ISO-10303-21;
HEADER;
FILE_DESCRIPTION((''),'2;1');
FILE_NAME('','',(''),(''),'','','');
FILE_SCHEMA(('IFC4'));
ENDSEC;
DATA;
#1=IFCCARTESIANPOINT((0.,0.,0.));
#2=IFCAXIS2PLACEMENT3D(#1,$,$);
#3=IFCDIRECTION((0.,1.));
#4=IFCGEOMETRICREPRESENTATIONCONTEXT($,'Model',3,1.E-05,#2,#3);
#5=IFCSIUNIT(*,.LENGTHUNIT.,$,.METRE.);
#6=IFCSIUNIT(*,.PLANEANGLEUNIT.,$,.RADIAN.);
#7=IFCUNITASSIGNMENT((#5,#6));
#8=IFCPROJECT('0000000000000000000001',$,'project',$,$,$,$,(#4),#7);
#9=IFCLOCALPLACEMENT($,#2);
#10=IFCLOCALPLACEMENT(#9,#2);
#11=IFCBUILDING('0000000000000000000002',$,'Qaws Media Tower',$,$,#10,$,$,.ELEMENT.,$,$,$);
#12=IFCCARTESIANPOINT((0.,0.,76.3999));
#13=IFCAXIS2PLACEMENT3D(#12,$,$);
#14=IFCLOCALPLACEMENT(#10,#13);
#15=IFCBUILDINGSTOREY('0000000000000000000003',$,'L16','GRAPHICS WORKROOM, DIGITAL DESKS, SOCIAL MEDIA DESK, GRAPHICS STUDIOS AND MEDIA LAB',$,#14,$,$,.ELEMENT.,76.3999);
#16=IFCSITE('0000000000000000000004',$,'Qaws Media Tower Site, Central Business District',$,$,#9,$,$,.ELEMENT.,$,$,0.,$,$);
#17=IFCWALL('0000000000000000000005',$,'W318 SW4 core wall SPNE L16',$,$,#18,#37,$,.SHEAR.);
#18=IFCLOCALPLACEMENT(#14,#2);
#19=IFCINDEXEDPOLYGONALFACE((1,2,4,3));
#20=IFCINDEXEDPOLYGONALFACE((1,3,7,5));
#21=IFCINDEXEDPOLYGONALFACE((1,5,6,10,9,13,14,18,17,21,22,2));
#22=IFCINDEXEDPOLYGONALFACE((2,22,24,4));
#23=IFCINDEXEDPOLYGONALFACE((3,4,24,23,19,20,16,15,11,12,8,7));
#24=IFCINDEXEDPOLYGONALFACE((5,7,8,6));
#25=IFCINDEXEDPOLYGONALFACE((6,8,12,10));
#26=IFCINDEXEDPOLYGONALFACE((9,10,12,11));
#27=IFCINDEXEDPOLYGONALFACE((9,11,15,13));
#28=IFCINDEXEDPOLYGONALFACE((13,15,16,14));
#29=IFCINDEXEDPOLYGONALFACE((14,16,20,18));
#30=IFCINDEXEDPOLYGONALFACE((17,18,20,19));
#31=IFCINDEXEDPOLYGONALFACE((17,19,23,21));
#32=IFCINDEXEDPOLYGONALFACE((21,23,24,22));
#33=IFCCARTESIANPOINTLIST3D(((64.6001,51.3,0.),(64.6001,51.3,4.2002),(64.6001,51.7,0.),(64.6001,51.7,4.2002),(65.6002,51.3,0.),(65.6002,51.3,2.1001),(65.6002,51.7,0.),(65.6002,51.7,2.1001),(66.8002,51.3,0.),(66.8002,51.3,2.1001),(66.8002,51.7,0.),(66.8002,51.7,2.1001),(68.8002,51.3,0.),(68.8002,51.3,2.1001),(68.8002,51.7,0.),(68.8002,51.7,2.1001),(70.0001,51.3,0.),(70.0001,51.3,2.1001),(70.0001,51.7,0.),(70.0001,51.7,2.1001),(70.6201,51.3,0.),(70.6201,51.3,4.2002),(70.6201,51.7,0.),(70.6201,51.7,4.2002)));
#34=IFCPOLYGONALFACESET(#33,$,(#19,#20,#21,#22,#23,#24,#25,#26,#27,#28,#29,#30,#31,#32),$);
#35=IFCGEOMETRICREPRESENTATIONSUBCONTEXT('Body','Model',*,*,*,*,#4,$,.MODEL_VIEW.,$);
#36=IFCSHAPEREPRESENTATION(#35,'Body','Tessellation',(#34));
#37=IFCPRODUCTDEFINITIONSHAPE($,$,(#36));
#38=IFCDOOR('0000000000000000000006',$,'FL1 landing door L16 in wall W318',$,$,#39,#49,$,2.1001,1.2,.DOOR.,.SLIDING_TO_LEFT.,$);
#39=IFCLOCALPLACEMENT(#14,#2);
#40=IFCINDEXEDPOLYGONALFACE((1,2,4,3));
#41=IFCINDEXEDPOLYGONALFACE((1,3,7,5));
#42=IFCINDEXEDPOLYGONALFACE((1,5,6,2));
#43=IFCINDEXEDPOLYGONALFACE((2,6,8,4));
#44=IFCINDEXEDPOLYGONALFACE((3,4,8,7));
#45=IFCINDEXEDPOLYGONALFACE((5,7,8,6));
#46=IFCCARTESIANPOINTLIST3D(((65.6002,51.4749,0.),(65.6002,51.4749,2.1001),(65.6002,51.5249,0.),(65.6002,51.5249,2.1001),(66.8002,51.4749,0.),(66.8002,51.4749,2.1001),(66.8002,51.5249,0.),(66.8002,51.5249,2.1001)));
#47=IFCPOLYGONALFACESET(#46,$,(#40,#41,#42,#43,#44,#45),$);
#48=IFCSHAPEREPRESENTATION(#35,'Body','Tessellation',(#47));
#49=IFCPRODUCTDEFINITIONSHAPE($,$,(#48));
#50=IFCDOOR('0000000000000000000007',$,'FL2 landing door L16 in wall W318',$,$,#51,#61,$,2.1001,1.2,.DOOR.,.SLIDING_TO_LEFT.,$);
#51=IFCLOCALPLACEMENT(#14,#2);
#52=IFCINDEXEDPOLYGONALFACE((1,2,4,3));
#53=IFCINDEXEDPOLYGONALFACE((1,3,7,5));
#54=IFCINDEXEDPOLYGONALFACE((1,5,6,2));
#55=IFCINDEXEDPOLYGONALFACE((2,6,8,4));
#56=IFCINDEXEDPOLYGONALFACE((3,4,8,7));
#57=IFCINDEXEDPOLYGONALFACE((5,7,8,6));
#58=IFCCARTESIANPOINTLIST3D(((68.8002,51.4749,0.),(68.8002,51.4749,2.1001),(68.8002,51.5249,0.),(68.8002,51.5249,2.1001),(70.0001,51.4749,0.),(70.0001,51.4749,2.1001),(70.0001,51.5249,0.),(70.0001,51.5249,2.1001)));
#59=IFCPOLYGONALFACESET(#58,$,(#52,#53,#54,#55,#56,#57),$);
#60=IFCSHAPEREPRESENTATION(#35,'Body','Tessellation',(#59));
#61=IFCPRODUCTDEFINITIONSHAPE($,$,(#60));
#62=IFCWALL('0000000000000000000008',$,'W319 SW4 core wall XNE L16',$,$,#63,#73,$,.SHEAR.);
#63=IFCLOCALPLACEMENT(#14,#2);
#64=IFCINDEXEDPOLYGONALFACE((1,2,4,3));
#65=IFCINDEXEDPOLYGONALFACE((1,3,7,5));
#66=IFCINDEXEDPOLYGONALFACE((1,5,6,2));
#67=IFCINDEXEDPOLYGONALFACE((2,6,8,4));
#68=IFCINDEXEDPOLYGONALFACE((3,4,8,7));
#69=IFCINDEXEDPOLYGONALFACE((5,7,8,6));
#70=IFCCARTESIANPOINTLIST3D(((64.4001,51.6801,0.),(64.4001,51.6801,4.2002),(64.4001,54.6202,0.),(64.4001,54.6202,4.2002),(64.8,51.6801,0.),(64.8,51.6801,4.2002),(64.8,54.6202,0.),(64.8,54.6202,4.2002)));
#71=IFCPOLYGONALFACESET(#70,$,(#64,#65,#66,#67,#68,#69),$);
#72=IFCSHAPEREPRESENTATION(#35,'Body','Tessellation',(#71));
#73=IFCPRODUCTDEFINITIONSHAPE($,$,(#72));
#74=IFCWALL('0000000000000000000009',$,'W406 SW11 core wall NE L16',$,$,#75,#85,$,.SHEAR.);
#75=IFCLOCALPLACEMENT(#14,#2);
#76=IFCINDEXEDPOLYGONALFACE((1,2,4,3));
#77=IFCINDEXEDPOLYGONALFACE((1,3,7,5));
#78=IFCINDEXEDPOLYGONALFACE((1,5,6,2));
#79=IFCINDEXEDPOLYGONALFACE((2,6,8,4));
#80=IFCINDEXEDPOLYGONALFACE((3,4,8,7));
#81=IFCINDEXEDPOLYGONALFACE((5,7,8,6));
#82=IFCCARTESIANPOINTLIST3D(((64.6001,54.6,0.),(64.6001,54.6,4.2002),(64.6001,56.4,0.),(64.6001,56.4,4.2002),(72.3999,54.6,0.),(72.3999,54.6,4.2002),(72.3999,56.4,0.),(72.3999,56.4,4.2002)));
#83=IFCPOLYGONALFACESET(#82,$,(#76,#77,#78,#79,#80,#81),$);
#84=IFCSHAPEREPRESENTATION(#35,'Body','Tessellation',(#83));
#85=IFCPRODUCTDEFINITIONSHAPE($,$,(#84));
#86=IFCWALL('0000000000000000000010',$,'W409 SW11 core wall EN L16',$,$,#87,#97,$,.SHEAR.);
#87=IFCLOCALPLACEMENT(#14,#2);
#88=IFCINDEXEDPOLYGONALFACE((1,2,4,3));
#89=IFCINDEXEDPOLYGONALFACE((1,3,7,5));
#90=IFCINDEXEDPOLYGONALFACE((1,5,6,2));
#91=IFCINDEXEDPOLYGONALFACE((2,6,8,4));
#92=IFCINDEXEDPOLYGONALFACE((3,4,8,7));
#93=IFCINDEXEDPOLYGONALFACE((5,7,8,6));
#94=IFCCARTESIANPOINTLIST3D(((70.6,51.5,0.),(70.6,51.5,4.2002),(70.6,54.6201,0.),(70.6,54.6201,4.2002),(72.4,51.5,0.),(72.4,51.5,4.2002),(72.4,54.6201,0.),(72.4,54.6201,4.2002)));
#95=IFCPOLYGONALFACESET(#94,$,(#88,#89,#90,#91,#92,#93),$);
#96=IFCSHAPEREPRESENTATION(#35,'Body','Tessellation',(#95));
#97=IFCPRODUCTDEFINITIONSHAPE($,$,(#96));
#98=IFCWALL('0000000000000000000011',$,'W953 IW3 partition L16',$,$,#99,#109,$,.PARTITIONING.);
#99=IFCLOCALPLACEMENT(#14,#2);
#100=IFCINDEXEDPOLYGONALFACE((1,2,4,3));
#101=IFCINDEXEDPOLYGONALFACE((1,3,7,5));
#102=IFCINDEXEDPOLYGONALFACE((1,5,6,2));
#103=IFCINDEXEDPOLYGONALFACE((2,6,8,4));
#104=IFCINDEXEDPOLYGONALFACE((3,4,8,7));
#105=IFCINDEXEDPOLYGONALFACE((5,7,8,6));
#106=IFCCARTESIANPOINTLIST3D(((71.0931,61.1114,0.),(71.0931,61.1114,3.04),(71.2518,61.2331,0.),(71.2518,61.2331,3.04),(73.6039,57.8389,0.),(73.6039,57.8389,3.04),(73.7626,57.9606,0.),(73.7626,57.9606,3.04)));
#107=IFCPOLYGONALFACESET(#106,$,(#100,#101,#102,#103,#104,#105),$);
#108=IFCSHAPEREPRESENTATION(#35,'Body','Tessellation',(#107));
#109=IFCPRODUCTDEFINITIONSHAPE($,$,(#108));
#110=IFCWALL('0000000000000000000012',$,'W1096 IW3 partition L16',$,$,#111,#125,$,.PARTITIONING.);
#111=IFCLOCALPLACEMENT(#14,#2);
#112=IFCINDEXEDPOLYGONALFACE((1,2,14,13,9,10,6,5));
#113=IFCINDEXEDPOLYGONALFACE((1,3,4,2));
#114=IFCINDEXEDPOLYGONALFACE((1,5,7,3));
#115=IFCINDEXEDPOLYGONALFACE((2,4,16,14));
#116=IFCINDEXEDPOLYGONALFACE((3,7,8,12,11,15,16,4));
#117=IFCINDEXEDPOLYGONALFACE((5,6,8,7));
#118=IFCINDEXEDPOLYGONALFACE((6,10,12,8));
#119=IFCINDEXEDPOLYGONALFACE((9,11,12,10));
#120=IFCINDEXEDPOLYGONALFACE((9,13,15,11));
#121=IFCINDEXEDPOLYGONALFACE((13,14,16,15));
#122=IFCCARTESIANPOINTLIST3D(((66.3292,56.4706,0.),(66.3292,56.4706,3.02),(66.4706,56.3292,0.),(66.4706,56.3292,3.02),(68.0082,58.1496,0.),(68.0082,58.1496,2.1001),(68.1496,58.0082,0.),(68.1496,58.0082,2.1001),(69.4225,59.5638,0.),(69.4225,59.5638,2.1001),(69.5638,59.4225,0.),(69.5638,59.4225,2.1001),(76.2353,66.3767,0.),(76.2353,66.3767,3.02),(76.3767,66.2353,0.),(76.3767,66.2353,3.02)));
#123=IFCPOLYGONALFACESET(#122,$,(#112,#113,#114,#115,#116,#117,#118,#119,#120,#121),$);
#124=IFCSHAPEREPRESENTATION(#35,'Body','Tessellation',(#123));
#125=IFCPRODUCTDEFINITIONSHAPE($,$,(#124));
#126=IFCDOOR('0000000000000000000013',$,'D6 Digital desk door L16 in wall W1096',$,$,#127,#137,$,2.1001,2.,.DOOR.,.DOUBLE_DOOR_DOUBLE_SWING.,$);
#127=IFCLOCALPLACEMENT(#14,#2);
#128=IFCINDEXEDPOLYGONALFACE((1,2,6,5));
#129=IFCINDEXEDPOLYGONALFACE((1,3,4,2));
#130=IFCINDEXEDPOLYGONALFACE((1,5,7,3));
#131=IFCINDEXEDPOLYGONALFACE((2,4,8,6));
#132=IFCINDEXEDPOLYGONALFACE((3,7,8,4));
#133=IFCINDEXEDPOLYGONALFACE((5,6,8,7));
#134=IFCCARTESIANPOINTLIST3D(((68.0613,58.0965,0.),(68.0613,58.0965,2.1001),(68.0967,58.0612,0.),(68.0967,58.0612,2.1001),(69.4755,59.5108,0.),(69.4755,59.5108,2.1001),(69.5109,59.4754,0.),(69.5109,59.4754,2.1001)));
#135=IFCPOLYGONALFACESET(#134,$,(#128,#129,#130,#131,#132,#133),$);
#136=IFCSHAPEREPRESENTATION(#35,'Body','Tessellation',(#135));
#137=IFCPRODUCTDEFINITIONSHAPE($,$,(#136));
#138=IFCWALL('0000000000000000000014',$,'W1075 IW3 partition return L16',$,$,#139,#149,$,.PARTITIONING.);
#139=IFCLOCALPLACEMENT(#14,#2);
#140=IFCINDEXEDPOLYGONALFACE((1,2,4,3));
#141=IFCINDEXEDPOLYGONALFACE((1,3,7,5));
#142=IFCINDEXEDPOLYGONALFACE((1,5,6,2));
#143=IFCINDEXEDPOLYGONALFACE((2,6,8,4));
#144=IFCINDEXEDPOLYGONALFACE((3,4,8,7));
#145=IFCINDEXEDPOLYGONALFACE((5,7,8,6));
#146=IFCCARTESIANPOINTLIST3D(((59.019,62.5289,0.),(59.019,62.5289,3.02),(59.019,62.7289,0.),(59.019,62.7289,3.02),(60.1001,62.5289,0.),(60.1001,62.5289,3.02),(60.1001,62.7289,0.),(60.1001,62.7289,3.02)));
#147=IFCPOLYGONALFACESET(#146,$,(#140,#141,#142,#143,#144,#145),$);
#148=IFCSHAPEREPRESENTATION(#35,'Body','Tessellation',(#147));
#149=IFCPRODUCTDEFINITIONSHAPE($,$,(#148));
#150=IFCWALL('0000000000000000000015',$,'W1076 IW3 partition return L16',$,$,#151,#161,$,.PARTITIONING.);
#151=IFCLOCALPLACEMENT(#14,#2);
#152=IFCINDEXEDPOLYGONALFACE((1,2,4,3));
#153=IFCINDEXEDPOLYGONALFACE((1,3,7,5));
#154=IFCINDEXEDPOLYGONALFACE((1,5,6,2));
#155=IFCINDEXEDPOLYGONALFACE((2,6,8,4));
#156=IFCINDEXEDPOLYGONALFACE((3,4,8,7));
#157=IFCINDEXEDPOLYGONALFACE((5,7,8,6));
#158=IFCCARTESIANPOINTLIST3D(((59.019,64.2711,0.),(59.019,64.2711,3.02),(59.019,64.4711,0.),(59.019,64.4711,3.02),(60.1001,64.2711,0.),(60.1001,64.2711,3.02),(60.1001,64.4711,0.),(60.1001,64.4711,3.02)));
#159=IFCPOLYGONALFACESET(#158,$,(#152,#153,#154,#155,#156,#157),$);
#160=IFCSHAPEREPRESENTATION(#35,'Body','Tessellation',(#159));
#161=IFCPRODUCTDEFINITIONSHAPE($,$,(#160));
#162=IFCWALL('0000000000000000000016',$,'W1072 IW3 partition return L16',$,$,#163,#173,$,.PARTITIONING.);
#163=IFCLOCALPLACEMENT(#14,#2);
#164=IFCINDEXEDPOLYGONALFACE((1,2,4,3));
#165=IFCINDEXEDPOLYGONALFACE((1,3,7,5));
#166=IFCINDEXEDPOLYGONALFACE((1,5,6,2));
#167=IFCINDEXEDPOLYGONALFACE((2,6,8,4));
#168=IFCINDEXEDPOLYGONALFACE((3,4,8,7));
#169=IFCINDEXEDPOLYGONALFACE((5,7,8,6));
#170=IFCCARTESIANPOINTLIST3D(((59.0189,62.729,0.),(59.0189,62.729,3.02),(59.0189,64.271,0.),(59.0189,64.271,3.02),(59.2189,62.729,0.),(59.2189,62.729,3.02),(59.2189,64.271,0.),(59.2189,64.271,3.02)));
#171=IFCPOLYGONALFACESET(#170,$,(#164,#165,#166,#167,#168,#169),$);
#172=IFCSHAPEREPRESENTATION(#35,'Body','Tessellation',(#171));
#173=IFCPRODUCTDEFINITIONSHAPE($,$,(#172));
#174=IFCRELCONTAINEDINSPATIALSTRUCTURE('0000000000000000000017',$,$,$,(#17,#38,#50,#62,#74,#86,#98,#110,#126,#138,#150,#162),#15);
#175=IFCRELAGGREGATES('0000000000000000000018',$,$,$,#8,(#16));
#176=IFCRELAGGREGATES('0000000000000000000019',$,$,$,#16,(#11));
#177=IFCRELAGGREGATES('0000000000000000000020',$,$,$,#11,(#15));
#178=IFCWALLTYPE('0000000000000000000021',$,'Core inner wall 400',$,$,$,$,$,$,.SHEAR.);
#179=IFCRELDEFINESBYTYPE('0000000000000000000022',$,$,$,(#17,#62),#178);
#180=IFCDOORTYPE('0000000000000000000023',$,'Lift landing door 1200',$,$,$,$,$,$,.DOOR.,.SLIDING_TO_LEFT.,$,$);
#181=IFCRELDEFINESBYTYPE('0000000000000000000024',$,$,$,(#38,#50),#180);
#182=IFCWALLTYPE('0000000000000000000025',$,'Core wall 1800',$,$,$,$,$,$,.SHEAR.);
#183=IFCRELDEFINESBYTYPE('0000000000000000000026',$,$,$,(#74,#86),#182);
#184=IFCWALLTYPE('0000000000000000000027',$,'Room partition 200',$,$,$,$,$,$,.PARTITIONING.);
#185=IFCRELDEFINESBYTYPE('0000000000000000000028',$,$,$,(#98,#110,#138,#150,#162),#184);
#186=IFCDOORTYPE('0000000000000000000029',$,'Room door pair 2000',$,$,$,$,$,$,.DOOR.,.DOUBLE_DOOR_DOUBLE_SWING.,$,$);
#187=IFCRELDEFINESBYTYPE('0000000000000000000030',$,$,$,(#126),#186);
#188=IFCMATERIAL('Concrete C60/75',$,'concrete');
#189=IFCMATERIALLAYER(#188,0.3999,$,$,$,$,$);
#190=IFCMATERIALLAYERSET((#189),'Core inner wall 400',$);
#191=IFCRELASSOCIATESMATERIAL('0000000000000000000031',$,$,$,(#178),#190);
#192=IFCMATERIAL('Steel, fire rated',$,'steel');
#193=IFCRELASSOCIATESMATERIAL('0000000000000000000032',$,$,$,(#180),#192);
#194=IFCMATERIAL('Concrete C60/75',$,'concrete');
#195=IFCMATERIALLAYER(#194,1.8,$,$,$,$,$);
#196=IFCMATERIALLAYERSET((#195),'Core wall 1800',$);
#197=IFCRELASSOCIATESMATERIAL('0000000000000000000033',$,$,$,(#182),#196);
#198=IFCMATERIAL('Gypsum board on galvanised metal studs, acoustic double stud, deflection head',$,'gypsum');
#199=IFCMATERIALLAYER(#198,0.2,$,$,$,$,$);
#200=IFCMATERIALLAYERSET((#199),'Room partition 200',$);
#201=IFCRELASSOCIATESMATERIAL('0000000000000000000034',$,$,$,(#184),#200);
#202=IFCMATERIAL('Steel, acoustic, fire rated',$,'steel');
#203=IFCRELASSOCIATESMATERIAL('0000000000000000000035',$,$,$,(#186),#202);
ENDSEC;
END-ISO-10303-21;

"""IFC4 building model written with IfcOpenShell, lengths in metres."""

from ifc_helpers import new_model, si_unit, direction, frame, frame_2d, origin, place, context, subcontext, project, spatial, rectangle, extrude, material, layer, layer_set, type_object, element, fill, save


model = new_model("IFC4")

# Units and contexts
model_context = context("Model", 3, precision=1e-05, world=origin(), true_north=direction((0.0, 1.0)))
body_context = subcontext(model_context, "Body", "Model", "MODEL_VIEW")
ifc_project = project(units=[si_unit("LENGTHUNIT", "METRE"), si_unit("PLANEANGLEUNIT", "RADIAN")], contexts=[model_context])

# Site, building, storey
site_placement = place(None, origin())
site = spatial("IfcSite", under=ifc_project, at=site_placement, Name="Qaws Media Tower Site, Central Business District", CompositionType="ELEMENT", RefElevation=0.0)
building_placement = place(site_placement, origin())
building = spatial("IfcBuilding", under=site, at=building_placement, Name="Qaws Media Tower", CompositionType="ELEMENT")
storey_placement = place(building_placement, frame((0.0, 0.0, 76.3999)))
storey = spatial("IfcBuildingStorey", under=building, at=storey_placement, Name="L16", Description="GRAPHICS WORKROOM, DIGITAL DESKS, SOCIAL MEDIA DESK, GRAPHICS STUDIOS AND MEDIA LAB", CompositionType="ELEMENT", Elevation=76.3999)

# Wall, openings, doors
ifc_material_1 = material(Name="Concrete C60/75", Category="concrete")
ifc_layer_1 = layer(ifc_material_1, 0.3999)
ifc_layer_set_1 = layer_set([ifc_layer_1], Name="Core inner wall 400")
wall_type_1 = type_object("IfcWallType", Name="Core inner wall 400", PredefinedType="SHEAR", material=ifc_layer_set_1)
wall_1_placement = place(storey_placement, frame((64.6001, 51.5, 0.0), z_axis=(0.0, 0.0, 1.0), x_axis=(1.0, 0.0, 0.0)))
wall_1 = element("IfcWall", 1, at=wall_1_placement, inside=storey, type_object=wall_type_1, Name="W318 SW4 core wall SPNE L16", PredefinedType="SHEAR", context=body_context, shape_type="SweptSolid", body=[
    extrude(rectangle(XDim=6.02, YDim=0.3999, at=frame_2d((3.01, 0.0))), origin(), (0.0, 0.0, 1.0), 4.2002),
])
opening_1_placement = place(wall_1_placement, frame((1.0, 0.0, 0.0)))
opening_1 = element("IfcOpeningElement", 2, at=opening_1_placement, cuts=wall_1, PredefinedType="OPENING", context=body_context, shape_type="SweptSolid", body=[
    extrude(rectangle(XDim=1.2, YDim=2.1001, at=frame_2d((0.6001, 1.05))), frame((0.0, 0.21, 0.0), z_axis=(0.0, -1.0, 0.0), x_axis=(1.0, 0.0, 0.0)), (0.0, 0.0, 1.0), 0.4199),
])
opening_2_placement = place(wall_1_placement, frame((4.2, 0.0, 0.0)))
opening_2 = element("IfcOpeningElement", 3, at=opening_2_placement, cuts=wall_1, PredefinedType="OPENING", context=body_context, shape_type="SweptSolid", body=[
    extrude(rectangle(XDim=1.2, YDim=2.1001, at=frame_2d((0.6001, 1.05))), frame((0.0, 0.21, 0.0), z_axis=(0.0, -1.0, 0.0), x_axis=(1.0, 0.0, 0.0)), (0.0, 0.0, 1.0), 0.4199),
])
ifc_material_2 = material(Name="Steel, fire rated", Category="steel")
door_type_1 = type_object("IfcDoorType", Name="Lift landing door 1200", OperationType="SLIDING_TO_LEFT", PredefinedType="DOOR", material=ifc_material_2)
door_1_placement = place(opening_1_placement, origin())
door_1 = element("IfcDoor", 4, at=door_1_placement, inside=storey, type_object=door_type_1, Name="FL1 landing door L16 in wall W318", OperationType="SLIDING_TO_LEFT", OverallHeight=2.1001, OverallWidth=1.2, PredefinedType="DOOR", context=body_context, shape_type="SweptSolid", body=[
    extrude(rectangle(XDim=1.2, YDim=2.1001, at=frame_2d((0.6001, 1.05))), frame((0.0, 0.0249, 0.0), z_axis=(0.0, -1.0, 0.0), x_axis=(1.0, 0.0, 0.0)), (0.0, 0.0, 1.0), 0.05),
])
fill(opening_1, door_1)
door_2_placement = place(opening_2_placement, origin())
door_2 = element("IfcDoor", 5, at=door_2_placement, inside=storey, type_object=door_type_1, Name="FL2 landing door L16 in wall W318", OperationType="SLIDING_TO_LEFT", OverallHeight=2.1001, OverallWidth=1.2, PredefinedType="DOOR", context=body_context, shape_type="SweptSolid", body=[
    extrude(rectangle(XDim=1.2, YDim=2.1001, at=frame_2d((0.6001, 1.05))), frame((0.0, 0.0249, 0.0), z_axis=(0.0, -1.0, 0.0), x_axis=(1.0, 0.0, 0.0)), (0.0, 0.0, 1.0), 0.05),
])
fill(opening_2, door_2)

# Walls
wall_2_placement = place(storey_placement, frame((64.6001, 51.6799, 0.0), z_axis=(0.0, 0.0, 1.0), x_axis=(0.0, 1.0, 0.0)))
element("IfcWall", 6, at=wall_2_placement, inside=storey, type_object=wall_type_1, Name="W319 SW4 core wall XNE L16", PredefinedType="SHEAR", context=body_context, shape_type="SweptSolid", body=[
    extrude(rectangle(XDim=2.9402, YDim=0.3999, at=frame_2d((1.4702, 0.0))), origin(), (0.0, 0.0, 1.0), 4.2002),
])
ifc_material_3 = material(Name="Concrete C60/75", Category="concrete")
ifc_layer_2 = layer(ifc_material_3, 1.8)
ifc_layer_set_2 = layer_set([ifc_layer_2], Name="Core wall 1800")
wall_type_2 = type_object("IfcWallType", Name="Core wall 1800", PredefinedType="SHEAR", material=ifc_layer_set_2)
wall_3_placement = place(storey_placement, frame((64.6001, 55.5, 0.0), z_axis=(0.0, 0.0, 1.0), x_axis=(1.0, 0.0, 0.0)))
element("IfcWall", 7, at=wall_3_placement, inside=storey, type_object=wall_type_2, Name="W406 SW11 core wall NE L16", PredefinedType="SHEAR", context=body_context, shape_type="SweptSolid", body=[
    extrude(rectangle(XDim=7.7998, YDim=1.8, at=frame_2d((3.8999, 0.0))), origin(), (0.0, 0.0, 1.0), 4.2002),
])
wall_4_placement = place(storey_placement, frame((71.5, 51.5, 0.0), z_axis=(0.0, 0.0, 1.0), x_axis=(0.0, 1.0, 0.0)))
element("IfcWall", 8, at=wall_4_placement, inside=storey, type_object=wall_type_2, Name="W409 SW11 core wall EN L16", PredefinedType="SHEAR", context=body_context, shape_type="SweptSolid", body=[
    extrude(rectangle(XDim=3.1201, YDim=1.8, at=frame_2d((1.5601, 0.0))), origin(), (0.0, 0.0, 1.0), 4.2002),
])
ifc_material_4 = material(Name="Gypsum board on galvanised metal studs, acoustic double stud, deflection head", Category="gypsum")
ifc_layer_3 = layer(ifc_material_4, 0.2)
ifc_layer_set_3 = layer_set([ifc_layer_3], Name="Room partition 200")
wall_type_3 = type_object("IfcWallType", Name="Room partition 200", PredefinedType="PARTITIONING", material=ifc_layer_set_3)
wall_5_placement = place(storey_placement, frame((71.1724, 61.1724, 0.0), z_axis=(0.0, 0.0, 1.0), x_axis=(0.608715, -0.793389, 0.0)))
element("IfcWall", 9, at=wall_5_placement, inside=storey, type_object=wall_type_3, Name="W953 IW3 partition L16", PredefinedType="PARTITIONING", context=body_context, shape_type="SweptSolid", body=[
    extrude(rectangle(XDim=4.1248, YDim=0.2, at=frame_2d((2.0625, 0.0))), origin(), (0.0, 0.0, 1.0), 3.04),
])

# Wall, opening, door
wall_6_placement = place(storey_placement, frame((66.3999, 56.3999, 0.0), z_axis=(0.0, 0.0, 1.0), x_axis=(0.707107, 0.707107, 0.0)))
wall_6 = element("IfcWall", 10, at=wall_6_placement, inside=storey, type_object=wall_type_3, Name="W1096 IW3 partition L16", PredefinedType="PARTITIONING", context=body_context, shape_type="SweptSolid", body=[
    extrude(rectangle(XDim=14.0093, YDim=0.2, at=frame_2d((7.0046, 0.0))), origin(), (0.0, 0.0, 1.0), 3.02),
])
opening_3_placement = place(wall_6_placement, frame((2.3745, 0.0, 0.0)))
opening_3 = element("IfcOpeningElement", 11, at=opening_3_placement, cuts=wall_6, PredefinedType="OPENING", context=body_context, shape_type="SweptSolid", body=[
    extrude(rectangle(XDim=2.0, YDim=2.1001, at=frame_2d((1.0, 1.05))), frame((0.0, 0.1099, 0.0), z_axis=(0.0, -1.0, 0.0), x_axis=(1.0, 0.0, 0.0)), (0.0, 0.0, 1.0), 0.22),
])
ifc_material_5 = material(Name="Steel, acoustic, fire rated", Category="steel")
door_type_2 = type_object("IfcDoorType", Name="Room door pair 2000", OperationType="DOUBLE_DOOR_DOUBLE_SWING", PredefinedType="DOOR", material=ifc_material_5)
door_3_placement = place(opening_3_placement, origin())
door_3 = element("IfcDoor", 12, at=door_3_placement, inside=storey, type_object=door_type_2, Name="D6 Digital desk door L16 in wall W1096", OperationType="DOUBLE_DOOR_DOUBLE_SWING", OverallHeight=2.1001, OverallWidth=2.0, PredefinedType="DOOR", context=body_context, shape_type="SweptSolid", body=[
    extrude(rectangle(XDim=2.0, YDim=2.1001, at=frame_2d((1.0, 1.05))), frame((0.0, 0.0249, 0.0), z_axis=(0.0, -1.0, 0.0), x_axis=(1.0, 0.0, 0.0)), (0.0, 0.0, 1.0), 0.05),
])
fill(opening_3, door_3)

# Walls
for number, where, z_axis, x_axis, name in (
    (13, (60.1001, 62.6289, 0.0), (0.0, 0.0, 1.0), (-1.0, 0.0, 0.0), "W1075 IW3 partition return L16"),
    (14, (60.1001, 64.3711, 0.0), (0.0, 0.0, 1.0), (-1.0, 0.0, 0.0), "W1076 IW3 partition return L16"),
):
    element("IfcWall", number, at=place(storey_placement, frame(where, z_axis=z_axis, x_axis=x_axis)), inside=storey, type_object=wall_type_3, Name=name, PredefinedType="PARTITIONING", context=body_context, shape_type="SweptSolid", body=[
        extrude(rectangle(XDim=1.0811, YDim=0.2, at=frame_2d((0.5405, 0.0))), origin(), (0.0, 0.0, 1.0), 3.02),
    ])
wall_7_placement = place(storey_placement, frame((59.1189, 62.729, 0.0), z_axis=(0.0, 0.0, 1.0), x_axis=(0.0, 1.0, 0.0)))
element("IfcWall", 15, at=wall_7_placement, inside=storey, type_object=wall_type_3, Name="W1072 IW3 partition return L16", PredefinedType="PARTITIONING", context=body_context, shape_type="SweptSolid", body=[
    extrude(rectangle(XDim=1.542, YDim=0.2, at=frame_2d((0.771, 0.0))), origin(), (0.0, 0.0, 1.0), 3.02),
])

save(model, "model.ifc")
